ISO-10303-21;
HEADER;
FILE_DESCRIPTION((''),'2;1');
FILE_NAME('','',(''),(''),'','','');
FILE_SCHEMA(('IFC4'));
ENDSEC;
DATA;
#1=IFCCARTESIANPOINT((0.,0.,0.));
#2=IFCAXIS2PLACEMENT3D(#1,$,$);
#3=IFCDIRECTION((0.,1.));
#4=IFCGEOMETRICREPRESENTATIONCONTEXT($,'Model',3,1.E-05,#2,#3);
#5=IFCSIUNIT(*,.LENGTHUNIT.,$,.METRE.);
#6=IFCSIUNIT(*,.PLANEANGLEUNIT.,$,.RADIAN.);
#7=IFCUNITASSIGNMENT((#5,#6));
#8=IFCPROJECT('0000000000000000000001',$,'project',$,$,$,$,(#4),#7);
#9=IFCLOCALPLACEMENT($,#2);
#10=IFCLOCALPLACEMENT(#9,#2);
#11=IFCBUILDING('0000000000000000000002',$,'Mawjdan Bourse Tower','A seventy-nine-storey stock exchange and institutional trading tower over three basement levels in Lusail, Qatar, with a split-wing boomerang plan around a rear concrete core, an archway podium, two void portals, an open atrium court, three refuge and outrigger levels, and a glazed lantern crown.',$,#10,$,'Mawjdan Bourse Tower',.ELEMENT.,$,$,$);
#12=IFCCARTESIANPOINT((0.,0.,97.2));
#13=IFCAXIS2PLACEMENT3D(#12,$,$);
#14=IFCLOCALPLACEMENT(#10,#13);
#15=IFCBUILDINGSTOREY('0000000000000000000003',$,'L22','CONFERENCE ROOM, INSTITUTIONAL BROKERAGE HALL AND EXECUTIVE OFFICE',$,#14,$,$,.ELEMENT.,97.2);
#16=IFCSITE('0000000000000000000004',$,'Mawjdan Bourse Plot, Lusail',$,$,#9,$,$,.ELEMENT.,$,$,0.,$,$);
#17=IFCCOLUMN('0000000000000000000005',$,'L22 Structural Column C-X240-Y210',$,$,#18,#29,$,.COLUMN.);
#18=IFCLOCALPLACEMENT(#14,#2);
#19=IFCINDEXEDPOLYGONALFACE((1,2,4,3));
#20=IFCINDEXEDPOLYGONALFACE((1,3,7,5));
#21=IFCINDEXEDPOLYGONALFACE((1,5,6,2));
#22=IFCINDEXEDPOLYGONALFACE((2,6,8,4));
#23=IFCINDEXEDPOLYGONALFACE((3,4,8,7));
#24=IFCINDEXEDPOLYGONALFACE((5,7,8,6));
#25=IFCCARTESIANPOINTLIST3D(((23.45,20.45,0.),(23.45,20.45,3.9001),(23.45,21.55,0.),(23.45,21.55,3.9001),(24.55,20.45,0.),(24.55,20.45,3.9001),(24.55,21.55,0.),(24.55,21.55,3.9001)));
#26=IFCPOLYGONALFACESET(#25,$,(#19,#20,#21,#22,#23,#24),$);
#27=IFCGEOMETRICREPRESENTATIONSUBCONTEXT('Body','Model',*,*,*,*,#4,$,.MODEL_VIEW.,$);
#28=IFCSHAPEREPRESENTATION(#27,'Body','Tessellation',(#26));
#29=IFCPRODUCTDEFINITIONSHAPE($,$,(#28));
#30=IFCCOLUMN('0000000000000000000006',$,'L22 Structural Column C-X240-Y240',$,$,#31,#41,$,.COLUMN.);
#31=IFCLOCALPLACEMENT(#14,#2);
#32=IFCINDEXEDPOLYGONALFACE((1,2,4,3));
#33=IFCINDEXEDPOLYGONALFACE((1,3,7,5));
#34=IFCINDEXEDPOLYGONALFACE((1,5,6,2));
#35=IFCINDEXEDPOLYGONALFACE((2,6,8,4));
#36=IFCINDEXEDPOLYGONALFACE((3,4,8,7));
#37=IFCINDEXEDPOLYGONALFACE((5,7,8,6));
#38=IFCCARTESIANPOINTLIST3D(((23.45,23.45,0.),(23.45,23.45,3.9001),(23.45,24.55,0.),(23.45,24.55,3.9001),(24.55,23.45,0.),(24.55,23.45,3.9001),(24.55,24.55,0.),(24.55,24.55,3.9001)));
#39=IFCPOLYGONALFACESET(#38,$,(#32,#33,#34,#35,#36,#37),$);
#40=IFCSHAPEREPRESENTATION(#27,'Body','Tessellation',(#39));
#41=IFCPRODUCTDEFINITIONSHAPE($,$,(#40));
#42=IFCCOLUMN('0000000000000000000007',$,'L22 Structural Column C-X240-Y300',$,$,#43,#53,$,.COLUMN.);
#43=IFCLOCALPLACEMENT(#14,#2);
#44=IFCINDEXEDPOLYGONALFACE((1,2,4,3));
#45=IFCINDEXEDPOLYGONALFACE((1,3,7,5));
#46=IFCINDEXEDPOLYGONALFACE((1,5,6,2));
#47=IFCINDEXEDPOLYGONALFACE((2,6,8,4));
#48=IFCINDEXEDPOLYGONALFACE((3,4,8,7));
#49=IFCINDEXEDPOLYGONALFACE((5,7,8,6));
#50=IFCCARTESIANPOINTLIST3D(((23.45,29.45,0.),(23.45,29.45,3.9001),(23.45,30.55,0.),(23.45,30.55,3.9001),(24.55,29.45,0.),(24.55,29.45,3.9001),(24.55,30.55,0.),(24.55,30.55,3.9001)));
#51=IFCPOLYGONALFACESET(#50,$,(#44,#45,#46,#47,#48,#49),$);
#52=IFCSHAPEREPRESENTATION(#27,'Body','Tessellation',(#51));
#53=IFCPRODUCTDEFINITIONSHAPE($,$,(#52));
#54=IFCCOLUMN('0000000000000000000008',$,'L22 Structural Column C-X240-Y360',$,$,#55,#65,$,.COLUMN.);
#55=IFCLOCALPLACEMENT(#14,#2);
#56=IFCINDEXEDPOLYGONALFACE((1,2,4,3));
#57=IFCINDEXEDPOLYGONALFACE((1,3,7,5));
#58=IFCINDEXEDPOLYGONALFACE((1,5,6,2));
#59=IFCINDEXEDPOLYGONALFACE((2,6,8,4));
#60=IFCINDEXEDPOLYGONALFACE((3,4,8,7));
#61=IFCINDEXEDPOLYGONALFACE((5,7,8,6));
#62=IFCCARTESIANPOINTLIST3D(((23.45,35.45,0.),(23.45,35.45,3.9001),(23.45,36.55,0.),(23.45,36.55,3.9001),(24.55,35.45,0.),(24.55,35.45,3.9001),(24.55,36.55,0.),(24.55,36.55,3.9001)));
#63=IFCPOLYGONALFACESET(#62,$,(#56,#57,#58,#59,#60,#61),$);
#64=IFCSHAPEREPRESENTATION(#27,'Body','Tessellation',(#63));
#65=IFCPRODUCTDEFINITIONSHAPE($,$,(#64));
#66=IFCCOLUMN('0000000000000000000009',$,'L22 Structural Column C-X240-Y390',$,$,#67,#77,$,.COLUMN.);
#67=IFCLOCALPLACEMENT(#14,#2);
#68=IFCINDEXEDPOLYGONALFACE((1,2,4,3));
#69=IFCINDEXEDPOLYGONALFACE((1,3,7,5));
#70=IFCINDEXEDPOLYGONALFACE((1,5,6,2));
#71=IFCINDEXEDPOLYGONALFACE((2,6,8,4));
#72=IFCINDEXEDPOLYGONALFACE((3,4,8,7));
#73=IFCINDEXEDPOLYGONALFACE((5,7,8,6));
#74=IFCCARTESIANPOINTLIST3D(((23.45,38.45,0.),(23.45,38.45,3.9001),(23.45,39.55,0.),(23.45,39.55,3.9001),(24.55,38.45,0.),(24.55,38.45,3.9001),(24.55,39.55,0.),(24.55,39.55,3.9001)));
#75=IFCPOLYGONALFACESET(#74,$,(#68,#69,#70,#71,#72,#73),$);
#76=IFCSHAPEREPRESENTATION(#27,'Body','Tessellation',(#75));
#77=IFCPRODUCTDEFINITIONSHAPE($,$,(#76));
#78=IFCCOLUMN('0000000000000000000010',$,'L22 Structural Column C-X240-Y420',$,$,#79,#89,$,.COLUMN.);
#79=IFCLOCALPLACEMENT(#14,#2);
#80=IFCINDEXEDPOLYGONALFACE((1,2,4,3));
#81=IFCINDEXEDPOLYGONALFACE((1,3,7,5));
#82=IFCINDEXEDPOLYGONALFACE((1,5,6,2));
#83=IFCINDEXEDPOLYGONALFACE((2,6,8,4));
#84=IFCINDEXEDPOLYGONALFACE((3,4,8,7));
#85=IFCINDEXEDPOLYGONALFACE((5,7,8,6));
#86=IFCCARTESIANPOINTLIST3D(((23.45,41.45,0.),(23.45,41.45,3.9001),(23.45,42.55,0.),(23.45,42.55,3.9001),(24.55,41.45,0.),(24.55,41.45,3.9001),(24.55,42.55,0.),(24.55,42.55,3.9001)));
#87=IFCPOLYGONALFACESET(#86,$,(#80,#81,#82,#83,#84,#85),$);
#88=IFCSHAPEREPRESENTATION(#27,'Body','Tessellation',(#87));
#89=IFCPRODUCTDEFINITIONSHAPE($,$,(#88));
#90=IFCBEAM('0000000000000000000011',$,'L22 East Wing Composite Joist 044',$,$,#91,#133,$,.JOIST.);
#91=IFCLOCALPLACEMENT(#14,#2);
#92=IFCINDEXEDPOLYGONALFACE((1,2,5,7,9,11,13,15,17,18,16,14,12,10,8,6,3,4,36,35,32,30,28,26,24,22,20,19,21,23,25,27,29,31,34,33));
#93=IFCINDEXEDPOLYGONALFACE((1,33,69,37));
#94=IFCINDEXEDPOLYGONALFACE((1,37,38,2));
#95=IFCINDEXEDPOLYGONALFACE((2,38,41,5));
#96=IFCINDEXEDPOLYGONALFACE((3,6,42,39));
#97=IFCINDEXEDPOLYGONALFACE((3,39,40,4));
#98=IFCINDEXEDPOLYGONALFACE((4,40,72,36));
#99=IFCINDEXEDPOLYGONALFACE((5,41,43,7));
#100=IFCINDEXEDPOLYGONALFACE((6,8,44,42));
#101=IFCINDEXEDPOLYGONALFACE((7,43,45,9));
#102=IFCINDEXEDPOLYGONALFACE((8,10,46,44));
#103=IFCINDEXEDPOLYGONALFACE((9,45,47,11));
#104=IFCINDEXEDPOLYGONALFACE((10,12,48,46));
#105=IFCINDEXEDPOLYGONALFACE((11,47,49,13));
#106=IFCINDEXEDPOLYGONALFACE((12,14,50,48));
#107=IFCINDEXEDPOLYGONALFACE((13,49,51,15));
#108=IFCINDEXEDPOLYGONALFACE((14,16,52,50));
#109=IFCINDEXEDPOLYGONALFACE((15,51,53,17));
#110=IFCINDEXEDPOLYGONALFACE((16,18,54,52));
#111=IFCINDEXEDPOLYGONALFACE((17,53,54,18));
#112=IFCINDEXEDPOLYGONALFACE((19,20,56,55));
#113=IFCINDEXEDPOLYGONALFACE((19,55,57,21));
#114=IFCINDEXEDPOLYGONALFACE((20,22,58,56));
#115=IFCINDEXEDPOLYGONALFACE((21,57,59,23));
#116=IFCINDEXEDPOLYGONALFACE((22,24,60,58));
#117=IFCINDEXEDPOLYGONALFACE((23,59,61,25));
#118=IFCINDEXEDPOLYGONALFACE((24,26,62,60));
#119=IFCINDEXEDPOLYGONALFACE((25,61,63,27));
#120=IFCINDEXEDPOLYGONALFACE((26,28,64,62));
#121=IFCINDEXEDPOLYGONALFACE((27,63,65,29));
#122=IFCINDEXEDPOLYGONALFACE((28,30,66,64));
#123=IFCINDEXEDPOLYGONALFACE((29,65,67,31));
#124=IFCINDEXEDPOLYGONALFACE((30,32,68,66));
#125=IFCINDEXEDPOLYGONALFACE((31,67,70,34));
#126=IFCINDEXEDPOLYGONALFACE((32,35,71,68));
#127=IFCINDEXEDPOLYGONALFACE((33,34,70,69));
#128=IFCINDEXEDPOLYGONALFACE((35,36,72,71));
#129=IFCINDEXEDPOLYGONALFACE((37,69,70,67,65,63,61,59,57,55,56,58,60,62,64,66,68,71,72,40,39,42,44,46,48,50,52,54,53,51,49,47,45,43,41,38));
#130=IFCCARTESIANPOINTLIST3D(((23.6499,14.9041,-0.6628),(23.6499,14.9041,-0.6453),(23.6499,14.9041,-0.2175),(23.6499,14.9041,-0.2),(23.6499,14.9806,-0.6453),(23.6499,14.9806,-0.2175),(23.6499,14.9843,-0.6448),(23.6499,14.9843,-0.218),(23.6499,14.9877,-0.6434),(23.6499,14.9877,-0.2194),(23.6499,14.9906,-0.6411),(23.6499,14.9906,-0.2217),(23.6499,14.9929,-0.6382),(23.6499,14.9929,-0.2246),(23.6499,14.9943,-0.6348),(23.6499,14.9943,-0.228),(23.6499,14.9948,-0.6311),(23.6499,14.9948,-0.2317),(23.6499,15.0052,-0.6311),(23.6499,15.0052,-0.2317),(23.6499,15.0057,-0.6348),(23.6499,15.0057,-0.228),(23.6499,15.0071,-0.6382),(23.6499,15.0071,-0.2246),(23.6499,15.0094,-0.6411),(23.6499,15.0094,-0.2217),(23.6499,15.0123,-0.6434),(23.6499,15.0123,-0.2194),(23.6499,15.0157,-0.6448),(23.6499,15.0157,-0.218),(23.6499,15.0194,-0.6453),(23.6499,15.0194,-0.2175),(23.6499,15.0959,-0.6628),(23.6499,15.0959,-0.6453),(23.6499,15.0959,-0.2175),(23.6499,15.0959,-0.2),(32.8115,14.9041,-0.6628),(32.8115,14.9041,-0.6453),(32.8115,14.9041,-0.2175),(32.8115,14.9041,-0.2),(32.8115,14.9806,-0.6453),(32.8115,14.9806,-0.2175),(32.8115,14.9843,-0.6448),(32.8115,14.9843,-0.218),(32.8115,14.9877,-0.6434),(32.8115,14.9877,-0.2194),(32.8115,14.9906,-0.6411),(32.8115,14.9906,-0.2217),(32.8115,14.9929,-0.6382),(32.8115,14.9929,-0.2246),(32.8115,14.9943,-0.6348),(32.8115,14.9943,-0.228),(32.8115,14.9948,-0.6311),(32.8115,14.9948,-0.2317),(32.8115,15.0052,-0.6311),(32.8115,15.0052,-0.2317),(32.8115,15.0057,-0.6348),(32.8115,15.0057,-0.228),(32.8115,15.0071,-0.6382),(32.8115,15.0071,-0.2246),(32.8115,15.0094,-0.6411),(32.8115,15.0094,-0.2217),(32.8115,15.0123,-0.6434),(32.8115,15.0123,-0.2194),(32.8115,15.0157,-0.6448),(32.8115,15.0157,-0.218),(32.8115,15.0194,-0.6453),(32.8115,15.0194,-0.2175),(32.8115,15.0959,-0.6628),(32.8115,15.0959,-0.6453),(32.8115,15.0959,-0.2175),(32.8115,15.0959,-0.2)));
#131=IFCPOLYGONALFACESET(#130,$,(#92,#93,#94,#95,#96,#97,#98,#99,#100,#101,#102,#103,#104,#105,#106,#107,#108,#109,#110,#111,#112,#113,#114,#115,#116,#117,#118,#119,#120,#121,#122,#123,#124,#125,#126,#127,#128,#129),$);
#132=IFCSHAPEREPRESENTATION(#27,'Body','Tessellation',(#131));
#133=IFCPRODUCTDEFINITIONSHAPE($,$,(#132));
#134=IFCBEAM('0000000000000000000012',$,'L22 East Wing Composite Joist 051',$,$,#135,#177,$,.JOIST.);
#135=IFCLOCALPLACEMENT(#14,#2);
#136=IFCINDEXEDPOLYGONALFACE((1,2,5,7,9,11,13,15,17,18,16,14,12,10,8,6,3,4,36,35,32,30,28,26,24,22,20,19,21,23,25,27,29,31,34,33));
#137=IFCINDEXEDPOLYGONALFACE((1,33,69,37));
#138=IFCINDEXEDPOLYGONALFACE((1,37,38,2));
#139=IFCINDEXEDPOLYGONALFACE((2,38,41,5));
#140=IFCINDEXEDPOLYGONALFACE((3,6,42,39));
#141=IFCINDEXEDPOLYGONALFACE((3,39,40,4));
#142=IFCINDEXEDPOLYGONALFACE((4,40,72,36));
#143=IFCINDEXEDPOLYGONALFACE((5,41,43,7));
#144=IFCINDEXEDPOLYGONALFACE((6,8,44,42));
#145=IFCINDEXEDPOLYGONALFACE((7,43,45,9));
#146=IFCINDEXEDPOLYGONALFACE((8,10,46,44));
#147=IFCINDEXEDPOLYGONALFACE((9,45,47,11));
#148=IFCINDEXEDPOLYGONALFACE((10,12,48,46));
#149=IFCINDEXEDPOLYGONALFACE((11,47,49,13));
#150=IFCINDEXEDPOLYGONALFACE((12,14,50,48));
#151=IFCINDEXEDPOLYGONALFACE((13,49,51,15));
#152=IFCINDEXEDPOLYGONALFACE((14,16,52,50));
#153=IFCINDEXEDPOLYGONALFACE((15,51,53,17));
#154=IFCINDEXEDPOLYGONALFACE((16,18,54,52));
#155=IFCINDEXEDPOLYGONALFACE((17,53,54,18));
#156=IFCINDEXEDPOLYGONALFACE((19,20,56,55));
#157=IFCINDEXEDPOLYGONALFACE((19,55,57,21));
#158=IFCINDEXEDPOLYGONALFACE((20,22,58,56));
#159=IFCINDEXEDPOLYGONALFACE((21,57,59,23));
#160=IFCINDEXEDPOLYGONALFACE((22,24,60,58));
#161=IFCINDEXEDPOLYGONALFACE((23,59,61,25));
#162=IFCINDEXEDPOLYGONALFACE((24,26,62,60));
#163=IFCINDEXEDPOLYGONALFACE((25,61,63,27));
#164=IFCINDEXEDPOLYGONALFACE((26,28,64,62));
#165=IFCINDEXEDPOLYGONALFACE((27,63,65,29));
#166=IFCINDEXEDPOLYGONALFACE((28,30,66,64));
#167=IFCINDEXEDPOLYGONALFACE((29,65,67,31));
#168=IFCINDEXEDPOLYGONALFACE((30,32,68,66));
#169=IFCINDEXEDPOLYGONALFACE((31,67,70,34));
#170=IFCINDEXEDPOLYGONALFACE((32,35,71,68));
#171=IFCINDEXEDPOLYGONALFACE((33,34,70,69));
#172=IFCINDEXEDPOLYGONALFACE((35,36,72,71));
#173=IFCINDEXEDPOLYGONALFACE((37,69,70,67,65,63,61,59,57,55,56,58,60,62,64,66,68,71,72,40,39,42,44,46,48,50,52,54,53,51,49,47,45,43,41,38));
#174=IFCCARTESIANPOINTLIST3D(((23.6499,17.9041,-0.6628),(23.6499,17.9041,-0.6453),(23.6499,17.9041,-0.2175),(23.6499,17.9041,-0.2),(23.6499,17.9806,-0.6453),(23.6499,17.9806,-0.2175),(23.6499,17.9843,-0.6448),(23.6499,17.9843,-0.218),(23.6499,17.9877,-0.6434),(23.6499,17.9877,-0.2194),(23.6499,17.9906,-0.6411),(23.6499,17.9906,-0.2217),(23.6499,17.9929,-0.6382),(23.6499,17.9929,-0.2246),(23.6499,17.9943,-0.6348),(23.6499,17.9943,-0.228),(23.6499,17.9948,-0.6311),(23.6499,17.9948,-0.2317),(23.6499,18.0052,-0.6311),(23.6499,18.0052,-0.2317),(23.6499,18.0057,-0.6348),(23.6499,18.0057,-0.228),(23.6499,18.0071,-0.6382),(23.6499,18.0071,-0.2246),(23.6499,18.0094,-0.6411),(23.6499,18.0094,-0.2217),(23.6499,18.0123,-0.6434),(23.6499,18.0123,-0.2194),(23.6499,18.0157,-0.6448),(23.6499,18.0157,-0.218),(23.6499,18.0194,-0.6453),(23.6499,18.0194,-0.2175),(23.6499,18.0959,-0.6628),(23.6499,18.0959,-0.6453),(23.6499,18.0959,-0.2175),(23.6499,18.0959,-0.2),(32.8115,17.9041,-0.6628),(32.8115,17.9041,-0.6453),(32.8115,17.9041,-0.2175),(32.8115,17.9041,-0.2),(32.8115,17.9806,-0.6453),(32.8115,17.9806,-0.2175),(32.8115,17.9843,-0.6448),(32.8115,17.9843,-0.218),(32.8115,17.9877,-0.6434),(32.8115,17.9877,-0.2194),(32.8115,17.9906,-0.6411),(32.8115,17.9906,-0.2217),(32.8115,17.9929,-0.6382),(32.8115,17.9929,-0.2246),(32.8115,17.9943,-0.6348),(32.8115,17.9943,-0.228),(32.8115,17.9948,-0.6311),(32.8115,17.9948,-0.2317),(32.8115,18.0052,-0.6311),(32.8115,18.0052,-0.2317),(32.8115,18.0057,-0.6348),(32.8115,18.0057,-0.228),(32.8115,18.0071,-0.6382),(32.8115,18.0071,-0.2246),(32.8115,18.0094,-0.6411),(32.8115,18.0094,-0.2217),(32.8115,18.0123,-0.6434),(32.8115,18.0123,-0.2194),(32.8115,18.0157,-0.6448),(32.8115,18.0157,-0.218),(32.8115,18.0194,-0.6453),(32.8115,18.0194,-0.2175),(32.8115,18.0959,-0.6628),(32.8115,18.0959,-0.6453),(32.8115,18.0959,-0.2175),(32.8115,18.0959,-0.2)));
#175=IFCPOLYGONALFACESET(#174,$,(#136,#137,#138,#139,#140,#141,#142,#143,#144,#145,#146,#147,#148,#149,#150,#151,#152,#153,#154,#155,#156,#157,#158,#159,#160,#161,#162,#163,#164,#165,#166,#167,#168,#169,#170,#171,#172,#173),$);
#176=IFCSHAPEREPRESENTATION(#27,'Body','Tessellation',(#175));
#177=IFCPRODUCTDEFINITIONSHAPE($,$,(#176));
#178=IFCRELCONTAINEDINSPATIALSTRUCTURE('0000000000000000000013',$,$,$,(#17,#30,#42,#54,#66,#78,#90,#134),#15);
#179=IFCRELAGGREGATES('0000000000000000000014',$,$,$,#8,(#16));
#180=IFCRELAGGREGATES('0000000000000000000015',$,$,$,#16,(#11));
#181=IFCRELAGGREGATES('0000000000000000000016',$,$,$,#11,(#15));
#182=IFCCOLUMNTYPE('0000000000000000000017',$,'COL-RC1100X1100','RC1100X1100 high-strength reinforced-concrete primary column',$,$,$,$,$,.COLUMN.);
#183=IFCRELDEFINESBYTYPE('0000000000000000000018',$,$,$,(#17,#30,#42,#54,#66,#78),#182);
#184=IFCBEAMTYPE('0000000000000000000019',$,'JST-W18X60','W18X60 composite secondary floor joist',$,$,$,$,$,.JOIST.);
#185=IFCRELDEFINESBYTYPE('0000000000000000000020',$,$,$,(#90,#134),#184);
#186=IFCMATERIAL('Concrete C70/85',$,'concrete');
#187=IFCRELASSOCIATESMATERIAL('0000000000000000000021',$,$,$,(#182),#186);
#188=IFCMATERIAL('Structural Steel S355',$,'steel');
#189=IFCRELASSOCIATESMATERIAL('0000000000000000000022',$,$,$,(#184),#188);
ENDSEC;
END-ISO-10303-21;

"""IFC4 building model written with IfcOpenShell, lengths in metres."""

from ifc_helpers import new_model, si_unit, direction, frame, origin, origin_2d, place, context, subcontext, project, spatial, rectangle, i_section, extrude, material, material_profile, profile_set, type_object, element, save


model = new_model("IFC4")

# Units and contexts
model_context = context("Model", 3, precision=1e-05, world=origin(), true_north=direction((0.0, 1.0)))
body_context = subcontext(model_context, "Body", "Model", "MODEL_VIEW")
ifc_project = project(units=[si_unit("LENGTHUNIT", "METRE"), si_unit("PLANEANGLEUNIT", "RADIAN")], contexts=[model_context])

# Site, building, storey
site_placement = place(None, origin())
site = spatial("IfcSite", under=ifc_project, at=site_placement, Name="Mawjdan Bourse Plot, Lusail", CompositionType="ELEMENT", RefElevation=0.0)
building_placement = place(site_placement, origin())
building = spatial("IfcBuilding", under=site, at=building_placement, Name="Mawjdan Bourse Tower", Description="A seventy-nine-storey stock exchange and institutional trading tower over three basement levels in Lusail, Qatar, with a split-wing boomerang plan around a rear concrete core, an archway podium, two void portals, an open atrium court, three refuge and outrigger levels, and a glazed lantern crown.", LongName="Mawjdan Bourse Tower", CompositionType="ELEMENT")
storey_placement = place(building_placement, frame((0.0, 0.0, 97.2)))
storey = spatial("IfcBuildingStorey", under=building, at=storey_placement, Name="L22", Description="CONFERENCE ROOM, INSTITUTIONAL BROKERAGE HALL AND EXECUTIVE OFFICE", CompositionType="ELEMENT", Elevation=97.2)

# Columns
ifc_material_1 = material(Name="Concrete C70/85", Category="concrete")
ifc_material_profile_1 = material_profile(ifc_material_1, rectangle(XDim=1.1001, YDim=1.1001, at=origin_2d()), Name="RC1100X1100")
ifc_profile_set_1 = profile_set([ifc_material_profile_1], Name="Concrete C70/85")
column_type = type_object("IfcColumnType", Name="COL-RC1100X1100", Description="RC1100X1100 high-strength reinforced-concrete primary column", PredefinedType="COLUMN", material=ifc_profile_set_1)
for number, where, z_axis, x_axis, name in (
    (1, (24.0, 21.0, 0.0), (0.0, 0.0, 1.0), (1.0, 0.0, 0.0), "L22 Structural Column C-X240-Y210"),
    (2, (24.0, 24.0, 0.0), (0.0, 0.0, 1.0), (1.0, 0.0, 0.0), "L22 Structural Column C-X240-Y240"),
    (3, (24.0, 30.0, 0.0), (0.0, 0.0, 1.0), (1.0, 0.0, 0.0), "L22 Structural Column C-X240-Y300"),
    (4, (24.0, 36.0, 0.0), (0.0, 0.0, 1.0), (1.0, 0.0, 0.0), "L22 Structural Column C-X240-Y360"),
    (5, (24.0, 39.0, 0.0), (0.0, 0.0, 1.0), (1.0, 0.0, 0.0), "L22 Structural Column C-X240-Y390"),
    (6, (24.0, 42.0, 0.0), (0.0, 0.0, 1.0), (1.0, 0.0, 0.0), "L22 Structural Column C-X240-Y420"),
):
    element("IfcColumn", number, at=place(storey_placement, frame(where, z_axis=z_axis, x_axis=x_axis)), inside=storey, type_object=column_type, Name=name, PredefinedType="COLUMN", context=body_context, shape_type="SweptSolid", body=[
        extrude(rectangle(XDim=1.1001, YDim=1.1001, at=origin_2d()), origin(), (0.0, 0.0, 1.0), 3.9001),
    ])

# Beams
ifc_material_2 = material(Name="Structural Steel S355", Category="steel")
ifc_material_profile_2 = material_profile(ifc_material_2, i_section(OverallWidth=0.1919, OverallDepth=0.4629, WebThickness=0.0105, FlangeThickness=0.0176, FilletRadius=0.0142, at=origin_2d()), Name="W18X60")
ifc_profile_set_2 = profile_set([ifc_material_profile_2], Name="Structural Steel S355")
beam_type_1 = type_object("IfcBeamType", Name="JST-W18X60", Description="W18X60 composite secondary floor joist", PredefinedType="JOIST", material=ifc_profile_set_2)
for number, where, z_axis, x_axis, name in (
    (7, (23.6499, 15.0, -0.4314), (1.0, 0.0, 0.0), (0.0, 1.0, 0.0), "L22 East Wing Composite Joist 044"),
    (8, (23.6499, 18.0, -0.4314), (1.0, 0.0, 0.0), (0.0, 1.0, 0.0), "L22 East Wing Composite Joist 051"),
):
    element("IfcBeam", number, at=place(storey_placement, frame(where, z_axis=z_axis, x_axis=x_axis)), inside=storey, type_object=beam_type_1, Name=name, PredefinedType="JOIST", context=body_context, shape_type="SweptSolid", body=[
        extrude(i_section(OverallWidth=0.1919, OverallDepth=0.4629, WebThickness=0.0105, FlangeThickness=0.0176, FilletRadius=0.0142, at=origin_2d()), origin(), (0.0, 0.0, 1.0), 9.1616),
    ])

save(model, "model.ifc")
